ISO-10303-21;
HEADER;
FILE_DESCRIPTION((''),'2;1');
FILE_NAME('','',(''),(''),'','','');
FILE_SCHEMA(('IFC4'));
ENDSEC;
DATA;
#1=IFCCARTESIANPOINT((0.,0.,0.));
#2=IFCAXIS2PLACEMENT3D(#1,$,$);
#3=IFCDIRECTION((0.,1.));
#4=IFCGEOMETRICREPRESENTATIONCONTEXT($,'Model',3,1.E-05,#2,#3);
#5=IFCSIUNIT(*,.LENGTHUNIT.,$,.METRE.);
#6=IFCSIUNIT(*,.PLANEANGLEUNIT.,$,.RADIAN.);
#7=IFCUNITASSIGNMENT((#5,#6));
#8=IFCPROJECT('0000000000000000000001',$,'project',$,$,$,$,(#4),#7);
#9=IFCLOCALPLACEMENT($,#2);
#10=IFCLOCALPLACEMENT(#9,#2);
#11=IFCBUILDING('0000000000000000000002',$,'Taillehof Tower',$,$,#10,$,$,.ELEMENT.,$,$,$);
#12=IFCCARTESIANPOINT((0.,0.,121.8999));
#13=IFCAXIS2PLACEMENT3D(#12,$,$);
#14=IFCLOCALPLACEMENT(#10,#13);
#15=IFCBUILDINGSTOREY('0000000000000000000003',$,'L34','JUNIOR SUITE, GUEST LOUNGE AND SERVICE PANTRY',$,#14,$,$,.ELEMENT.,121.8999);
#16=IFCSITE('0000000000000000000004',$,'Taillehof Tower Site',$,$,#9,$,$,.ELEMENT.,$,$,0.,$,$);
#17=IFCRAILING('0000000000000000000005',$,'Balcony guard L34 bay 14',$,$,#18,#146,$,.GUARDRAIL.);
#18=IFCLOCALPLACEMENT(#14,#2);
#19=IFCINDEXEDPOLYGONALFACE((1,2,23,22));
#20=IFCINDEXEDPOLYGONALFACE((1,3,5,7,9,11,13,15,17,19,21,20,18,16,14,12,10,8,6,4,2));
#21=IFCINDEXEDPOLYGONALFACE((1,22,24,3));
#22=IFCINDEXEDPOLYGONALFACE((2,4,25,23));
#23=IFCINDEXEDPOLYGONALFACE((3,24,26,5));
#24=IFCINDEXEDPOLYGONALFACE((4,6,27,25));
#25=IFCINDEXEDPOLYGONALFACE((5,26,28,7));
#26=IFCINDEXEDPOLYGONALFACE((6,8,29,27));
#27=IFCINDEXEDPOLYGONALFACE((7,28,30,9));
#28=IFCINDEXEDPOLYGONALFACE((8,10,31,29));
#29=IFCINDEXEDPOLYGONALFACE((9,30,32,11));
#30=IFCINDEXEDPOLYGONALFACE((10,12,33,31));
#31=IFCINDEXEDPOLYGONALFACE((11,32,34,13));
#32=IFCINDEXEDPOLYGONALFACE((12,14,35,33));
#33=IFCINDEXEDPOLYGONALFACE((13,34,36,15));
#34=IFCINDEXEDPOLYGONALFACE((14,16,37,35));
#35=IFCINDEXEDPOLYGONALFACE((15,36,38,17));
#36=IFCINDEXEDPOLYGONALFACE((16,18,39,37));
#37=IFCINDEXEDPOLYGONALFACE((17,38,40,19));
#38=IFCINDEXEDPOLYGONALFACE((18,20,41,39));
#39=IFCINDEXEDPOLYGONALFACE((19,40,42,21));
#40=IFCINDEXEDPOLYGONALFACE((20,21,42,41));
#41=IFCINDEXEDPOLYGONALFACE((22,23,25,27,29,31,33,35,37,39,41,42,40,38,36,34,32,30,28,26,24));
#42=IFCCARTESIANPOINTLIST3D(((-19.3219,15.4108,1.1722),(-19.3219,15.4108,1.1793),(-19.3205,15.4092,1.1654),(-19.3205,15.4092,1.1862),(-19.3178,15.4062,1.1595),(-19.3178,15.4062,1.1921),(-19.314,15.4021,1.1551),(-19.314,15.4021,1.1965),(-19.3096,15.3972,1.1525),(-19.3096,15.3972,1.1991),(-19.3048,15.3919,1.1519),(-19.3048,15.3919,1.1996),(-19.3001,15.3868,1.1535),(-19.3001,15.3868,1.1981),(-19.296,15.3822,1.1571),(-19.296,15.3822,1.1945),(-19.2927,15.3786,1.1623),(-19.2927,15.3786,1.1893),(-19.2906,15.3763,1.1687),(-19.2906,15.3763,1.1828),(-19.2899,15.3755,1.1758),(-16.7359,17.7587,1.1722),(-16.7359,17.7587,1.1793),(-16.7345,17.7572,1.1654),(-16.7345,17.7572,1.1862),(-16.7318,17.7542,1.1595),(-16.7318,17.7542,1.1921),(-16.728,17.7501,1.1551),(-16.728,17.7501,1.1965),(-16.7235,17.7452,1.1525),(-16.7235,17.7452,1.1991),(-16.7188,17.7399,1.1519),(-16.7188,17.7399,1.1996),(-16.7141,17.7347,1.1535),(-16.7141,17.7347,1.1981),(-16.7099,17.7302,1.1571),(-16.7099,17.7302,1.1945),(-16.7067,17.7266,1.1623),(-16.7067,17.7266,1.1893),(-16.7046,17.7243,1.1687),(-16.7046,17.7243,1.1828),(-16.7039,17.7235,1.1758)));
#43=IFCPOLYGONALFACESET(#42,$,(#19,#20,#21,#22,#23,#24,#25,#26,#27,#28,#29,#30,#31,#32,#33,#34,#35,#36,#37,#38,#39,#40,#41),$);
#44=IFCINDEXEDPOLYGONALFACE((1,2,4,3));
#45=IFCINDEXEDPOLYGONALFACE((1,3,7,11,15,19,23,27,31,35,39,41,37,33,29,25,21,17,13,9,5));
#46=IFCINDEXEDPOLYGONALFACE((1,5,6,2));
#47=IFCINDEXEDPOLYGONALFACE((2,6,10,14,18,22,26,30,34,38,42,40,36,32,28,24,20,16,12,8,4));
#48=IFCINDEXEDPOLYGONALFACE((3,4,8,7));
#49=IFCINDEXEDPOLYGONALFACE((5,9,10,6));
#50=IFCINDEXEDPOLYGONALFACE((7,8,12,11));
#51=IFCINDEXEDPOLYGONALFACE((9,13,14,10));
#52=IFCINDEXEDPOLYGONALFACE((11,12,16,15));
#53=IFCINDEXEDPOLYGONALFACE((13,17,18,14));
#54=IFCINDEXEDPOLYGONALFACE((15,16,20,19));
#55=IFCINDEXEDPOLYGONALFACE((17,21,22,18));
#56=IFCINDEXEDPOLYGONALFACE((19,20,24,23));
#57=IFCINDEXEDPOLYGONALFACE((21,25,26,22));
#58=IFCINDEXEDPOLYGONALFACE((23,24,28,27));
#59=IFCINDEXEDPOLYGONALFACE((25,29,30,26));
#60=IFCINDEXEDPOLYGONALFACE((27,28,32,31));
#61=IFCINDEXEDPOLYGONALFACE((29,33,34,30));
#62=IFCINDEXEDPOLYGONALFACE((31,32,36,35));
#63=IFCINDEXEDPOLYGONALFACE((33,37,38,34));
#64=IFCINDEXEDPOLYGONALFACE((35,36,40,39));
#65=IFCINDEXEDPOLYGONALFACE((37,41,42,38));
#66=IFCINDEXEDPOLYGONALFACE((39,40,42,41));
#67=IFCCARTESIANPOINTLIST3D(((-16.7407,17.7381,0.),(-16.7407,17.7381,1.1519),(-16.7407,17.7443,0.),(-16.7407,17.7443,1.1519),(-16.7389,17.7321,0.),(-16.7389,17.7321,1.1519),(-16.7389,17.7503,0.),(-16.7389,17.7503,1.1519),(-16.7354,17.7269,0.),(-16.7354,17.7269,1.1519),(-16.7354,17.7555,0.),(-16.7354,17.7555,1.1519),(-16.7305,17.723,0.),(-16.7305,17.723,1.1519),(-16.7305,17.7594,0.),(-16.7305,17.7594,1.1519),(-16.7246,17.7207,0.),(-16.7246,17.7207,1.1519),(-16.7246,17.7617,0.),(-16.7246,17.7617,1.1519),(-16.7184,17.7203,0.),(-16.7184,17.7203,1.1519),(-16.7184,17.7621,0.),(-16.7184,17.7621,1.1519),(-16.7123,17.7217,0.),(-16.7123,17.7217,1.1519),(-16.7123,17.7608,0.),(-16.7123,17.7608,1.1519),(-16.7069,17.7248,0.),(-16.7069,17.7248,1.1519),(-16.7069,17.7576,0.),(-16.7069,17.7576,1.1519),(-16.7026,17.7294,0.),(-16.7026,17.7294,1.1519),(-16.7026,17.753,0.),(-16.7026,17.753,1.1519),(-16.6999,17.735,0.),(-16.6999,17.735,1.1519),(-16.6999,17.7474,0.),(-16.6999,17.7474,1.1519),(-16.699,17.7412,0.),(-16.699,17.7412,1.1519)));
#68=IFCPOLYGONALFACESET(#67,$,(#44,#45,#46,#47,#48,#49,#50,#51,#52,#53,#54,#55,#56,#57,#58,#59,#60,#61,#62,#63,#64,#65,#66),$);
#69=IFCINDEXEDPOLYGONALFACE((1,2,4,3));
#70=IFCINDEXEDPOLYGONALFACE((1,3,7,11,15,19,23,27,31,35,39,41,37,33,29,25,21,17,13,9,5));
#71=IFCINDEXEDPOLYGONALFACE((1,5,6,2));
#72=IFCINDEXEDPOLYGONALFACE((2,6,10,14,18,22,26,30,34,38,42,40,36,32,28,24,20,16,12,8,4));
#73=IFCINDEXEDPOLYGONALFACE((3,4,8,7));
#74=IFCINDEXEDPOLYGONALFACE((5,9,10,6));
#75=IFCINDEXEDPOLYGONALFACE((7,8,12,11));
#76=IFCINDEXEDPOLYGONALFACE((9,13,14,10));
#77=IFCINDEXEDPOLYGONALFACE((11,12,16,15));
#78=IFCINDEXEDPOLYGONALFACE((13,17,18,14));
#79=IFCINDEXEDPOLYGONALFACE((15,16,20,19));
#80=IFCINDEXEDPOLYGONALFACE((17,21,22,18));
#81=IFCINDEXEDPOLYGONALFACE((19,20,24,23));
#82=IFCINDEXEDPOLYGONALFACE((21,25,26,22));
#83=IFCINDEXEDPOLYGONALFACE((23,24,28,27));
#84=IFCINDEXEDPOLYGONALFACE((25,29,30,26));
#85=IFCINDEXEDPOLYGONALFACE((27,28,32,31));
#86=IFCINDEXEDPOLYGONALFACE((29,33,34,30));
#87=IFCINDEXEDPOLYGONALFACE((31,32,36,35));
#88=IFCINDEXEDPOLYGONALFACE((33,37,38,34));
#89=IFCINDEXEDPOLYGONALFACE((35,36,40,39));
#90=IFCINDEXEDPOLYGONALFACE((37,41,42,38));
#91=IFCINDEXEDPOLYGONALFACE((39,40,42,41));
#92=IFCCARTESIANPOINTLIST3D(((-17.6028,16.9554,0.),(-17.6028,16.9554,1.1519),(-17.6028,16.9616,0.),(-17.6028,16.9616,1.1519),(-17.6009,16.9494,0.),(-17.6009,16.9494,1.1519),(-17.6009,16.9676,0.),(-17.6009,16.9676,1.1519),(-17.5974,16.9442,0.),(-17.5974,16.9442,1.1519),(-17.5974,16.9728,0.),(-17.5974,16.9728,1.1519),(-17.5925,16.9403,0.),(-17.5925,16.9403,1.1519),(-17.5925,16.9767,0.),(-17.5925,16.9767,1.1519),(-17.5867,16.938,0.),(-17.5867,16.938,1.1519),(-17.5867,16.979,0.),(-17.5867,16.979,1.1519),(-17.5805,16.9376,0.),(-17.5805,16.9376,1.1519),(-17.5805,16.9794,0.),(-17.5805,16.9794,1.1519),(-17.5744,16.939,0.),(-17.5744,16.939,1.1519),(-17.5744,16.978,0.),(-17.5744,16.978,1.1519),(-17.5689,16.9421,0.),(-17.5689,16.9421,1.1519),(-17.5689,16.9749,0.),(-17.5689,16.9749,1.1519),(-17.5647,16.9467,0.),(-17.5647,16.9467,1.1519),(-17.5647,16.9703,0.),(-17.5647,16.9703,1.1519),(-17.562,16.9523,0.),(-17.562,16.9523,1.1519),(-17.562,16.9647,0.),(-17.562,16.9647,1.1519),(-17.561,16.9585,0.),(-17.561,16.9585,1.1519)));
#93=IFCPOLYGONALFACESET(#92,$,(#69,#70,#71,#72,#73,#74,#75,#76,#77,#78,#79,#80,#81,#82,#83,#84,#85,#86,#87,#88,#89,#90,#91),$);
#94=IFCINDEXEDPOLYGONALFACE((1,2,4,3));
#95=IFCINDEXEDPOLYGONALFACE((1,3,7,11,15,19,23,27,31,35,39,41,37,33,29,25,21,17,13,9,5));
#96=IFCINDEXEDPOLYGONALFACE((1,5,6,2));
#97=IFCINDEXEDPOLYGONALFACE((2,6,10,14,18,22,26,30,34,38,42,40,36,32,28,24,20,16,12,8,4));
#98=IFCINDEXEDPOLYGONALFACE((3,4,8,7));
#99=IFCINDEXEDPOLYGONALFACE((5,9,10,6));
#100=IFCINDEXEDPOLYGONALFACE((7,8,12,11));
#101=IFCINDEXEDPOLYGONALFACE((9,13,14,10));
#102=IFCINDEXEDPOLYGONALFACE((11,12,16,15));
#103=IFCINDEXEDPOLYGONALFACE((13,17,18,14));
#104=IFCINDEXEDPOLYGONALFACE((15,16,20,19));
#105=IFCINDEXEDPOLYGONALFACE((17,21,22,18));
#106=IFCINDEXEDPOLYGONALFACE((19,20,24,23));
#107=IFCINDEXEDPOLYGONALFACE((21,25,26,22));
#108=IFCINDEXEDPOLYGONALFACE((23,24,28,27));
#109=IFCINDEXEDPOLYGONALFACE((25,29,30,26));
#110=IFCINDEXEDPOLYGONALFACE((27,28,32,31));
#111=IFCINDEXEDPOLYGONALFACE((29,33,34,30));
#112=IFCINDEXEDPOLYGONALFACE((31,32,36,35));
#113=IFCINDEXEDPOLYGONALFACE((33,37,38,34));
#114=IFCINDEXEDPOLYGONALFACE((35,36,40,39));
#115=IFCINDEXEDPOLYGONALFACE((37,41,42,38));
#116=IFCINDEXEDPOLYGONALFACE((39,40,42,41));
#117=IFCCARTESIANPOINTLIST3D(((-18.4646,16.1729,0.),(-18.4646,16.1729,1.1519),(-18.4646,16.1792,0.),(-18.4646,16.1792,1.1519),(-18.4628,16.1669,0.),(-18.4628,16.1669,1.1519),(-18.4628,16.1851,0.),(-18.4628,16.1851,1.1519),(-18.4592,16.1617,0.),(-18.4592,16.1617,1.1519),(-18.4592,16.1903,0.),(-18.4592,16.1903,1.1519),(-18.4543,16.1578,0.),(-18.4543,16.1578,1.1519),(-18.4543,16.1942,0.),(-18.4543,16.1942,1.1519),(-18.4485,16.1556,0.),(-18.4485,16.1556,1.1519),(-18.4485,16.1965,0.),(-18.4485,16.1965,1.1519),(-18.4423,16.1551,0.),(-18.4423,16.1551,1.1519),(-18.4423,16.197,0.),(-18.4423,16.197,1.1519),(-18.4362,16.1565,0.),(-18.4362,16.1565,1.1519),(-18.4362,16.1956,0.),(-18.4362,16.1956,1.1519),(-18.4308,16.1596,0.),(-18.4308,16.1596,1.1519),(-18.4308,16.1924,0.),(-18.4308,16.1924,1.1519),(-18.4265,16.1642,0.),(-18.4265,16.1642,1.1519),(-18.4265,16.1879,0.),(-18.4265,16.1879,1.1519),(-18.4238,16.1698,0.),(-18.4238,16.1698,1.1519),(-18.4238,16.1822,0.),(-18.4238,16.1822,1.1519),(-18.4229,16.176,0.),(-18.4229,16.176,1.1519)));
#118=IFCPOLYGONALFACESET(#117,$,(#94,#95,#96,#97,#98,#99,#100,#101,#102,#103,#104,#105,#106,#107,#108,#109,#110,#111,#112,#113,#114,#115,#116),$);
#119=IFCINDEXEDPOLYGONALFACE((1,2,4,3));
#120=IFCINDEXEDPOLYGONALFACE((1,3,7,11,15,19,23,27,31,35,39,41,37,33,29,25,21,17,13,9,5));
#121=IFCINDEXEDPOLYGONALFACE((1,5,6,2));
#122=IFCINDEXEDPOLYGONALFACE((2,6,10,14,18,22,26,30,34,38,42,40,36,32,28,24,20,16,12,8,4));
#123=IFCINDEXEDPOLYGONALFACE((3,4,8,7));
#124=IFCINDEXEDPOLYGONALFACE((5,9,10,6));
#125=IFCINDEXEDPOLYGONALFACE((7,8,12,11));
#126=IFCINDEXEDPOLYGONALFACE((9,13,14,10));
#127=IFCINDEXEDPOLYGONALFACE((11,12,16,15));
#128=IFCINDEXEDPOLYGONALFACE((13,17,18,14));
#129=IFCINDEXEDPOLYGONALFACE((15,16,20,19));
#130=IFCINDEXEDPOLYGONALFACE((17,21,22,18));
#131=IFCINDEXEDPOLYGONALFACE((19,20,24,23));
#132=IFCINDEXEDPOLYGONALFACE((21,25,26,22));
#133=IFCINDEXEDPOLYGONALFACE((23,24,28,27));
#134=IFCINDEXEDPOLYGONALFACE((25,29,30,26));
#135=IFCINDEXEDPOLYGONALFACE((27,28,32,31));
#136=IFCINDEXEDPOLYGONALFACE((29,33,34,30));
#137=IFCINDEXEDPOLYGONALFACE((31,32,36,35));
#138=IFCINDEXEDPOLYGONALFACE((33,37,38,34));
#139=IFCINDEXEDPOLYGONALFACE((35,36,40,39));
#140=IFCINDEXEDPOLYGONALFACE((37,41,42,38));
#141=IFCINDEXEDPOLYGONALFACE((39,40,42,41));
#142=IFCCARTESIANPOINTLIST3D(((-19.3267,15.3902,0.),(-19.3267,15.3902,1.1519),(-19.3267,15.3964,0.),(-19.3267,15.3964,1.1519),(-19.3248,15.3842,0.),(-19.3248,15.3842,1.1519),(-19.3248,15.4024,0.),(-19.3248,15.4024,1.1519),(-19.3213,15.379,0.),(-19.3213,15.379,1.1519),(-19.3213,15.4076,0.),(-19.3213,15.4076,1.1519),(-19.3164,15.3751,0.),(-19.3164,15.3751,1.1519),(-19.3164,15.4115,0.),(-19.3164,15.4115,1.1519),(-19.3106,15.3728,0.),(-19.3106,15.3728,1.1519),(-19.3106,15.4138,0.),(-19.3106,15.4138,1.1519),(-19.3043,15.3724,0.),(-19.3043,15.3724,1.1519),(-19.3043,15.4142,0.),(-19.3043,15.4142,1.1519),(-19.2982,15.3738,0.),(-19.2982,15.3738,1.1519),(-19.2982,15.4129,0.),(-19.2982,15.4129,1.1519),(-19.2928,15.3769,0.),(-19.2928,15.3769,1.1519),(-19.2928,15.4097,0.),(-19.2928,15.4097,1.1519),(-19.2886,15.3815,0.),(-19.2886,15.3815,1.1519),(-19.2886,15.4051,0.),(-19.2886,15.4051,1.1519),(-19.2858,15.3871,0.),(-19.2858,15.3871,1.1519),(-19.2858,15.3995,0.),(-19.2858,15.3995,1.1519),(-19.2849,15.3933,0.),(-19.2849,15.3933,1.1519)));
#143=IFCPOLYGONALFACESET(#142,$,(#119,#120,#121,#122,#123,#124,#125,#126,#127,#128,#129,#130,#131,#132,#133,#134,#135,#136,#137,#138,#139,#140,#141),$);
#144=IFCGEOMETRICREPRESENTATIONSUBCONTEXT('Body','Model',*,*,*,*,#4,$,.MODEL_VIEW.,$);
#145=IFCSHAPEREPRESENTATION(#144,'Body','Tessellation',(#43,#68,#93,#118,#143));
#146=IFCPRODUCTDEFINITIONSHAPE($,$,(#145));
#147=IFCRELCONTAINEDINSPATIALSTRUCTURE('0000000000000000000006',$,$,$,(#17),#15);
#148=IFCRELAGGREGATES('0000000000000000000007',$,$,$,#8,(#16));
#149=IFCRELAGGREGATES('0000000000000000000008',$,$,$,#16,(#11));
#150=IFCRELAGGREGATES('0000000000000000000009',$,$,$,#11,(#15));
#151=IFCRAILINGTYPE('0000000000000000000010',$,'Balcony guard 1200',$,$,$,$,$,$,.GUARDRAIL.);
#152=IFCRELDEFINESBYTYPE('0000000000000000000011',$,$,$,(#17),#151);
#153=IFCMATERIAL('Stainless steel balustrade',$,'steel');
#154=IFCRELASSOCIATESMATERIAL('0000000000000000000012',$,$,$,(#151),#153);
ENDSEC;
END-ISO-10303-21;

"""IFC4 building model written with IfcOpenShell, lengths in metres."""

from ifc_helpers import new_model, si_unit, direction, frame, origin, origin_2d, place, context, subcontext, project, spatial, circle, extrude, material, type_object, element, save


model = new_model("IFC4")

# Units and contexts
model_context = context("Model", 3, precision=1e-05, world=origin(), true_north=direction((0.0, 1.0)))
body_context = subcontext(model_context, "Body", "Model", "MODEL_VIEW")
ifc_project = project(units=[si_unit("LENGTHUNIT", "METRE"), si_unit("PLANEANGLEUNIT", "RADIAN")], contexts=[model_context])

# Site, building, storey
site_placement = place(None, origin())
site = spatial("IfcSite", under=ifc_project, at=site_placement, Name="Taillehof Tower Site", CompositionType="ELEMENT", RefElevation=0.0)
building_placement = place(site_placement, origin())
building = spatial("IfcBuilding", under=site, at=building_placement, Name="Taillehof Tower", CompositionType="ELEMENT")
storey_placement = place(building_placement, frame((0.0, 0.0, 121.8999)))
storey = spatial("IfcBuildingStorey", under=building, at=storey_placement, Name="L34", Description="JUNIOR SUITE, GUEST LOUNGE AND SERVICE PANTRY", CompositionType="ELEMENT", Elevation=121.8999)

# Railing
ifc_material_1 = material(Name="Stainless steel balustrade", Category="steel")
railing_type_1 = type_object("IfcRailingType", Name="Balcony guard 1200", PredefinedType="GUARDRAIL", material=ifc_material_1)
railing_1_placement = place(storey_placement, frame((-16.72, 17.7412, 0.0)))
element("IfcRailing", 1, at=railing_1_placement, inside=storey, type_object=railing_type_1, Name="Balcony guard L34 bay 14", PredefinedType="GUARDRAIL", context=body_context, shape_type="SweptSolid", body=[
    extrude(circle(Radius=0.0239, at=origin_2d()), frame((0.0, 0.0, 1.1758), z_axis=(-0.740361, -0.67221, 0.0), x_axis=(0.67221, -0.740361, 0.0)), (0.0, 0.0, 1.0), 3.4929),
    extrude(circle(Radius=0.021, at=origin_2d()), origin(), (0.0, 0.0, 1.0), 1.1519),
    extrude(circle(Radius=0.021, at=origin_2d()), frame((-0.8621, -0.7827, 0.0)), (0.0, 0.0, 1.0), 1.1519),
    extrude(circle(Radius=0.021, at=origin_2d()), frame((-1.7239, -1.5652, 0.0)), (0.0, 0.0, 1.0), 1.1519),
    extrude(circle(Radius=0.021, at=origin_2d()), frame((-2.5859, -2.3479, 0.0)), (0.0, 0.0, 1.0), 1.1519),
])

save(model, "model.ifc")
